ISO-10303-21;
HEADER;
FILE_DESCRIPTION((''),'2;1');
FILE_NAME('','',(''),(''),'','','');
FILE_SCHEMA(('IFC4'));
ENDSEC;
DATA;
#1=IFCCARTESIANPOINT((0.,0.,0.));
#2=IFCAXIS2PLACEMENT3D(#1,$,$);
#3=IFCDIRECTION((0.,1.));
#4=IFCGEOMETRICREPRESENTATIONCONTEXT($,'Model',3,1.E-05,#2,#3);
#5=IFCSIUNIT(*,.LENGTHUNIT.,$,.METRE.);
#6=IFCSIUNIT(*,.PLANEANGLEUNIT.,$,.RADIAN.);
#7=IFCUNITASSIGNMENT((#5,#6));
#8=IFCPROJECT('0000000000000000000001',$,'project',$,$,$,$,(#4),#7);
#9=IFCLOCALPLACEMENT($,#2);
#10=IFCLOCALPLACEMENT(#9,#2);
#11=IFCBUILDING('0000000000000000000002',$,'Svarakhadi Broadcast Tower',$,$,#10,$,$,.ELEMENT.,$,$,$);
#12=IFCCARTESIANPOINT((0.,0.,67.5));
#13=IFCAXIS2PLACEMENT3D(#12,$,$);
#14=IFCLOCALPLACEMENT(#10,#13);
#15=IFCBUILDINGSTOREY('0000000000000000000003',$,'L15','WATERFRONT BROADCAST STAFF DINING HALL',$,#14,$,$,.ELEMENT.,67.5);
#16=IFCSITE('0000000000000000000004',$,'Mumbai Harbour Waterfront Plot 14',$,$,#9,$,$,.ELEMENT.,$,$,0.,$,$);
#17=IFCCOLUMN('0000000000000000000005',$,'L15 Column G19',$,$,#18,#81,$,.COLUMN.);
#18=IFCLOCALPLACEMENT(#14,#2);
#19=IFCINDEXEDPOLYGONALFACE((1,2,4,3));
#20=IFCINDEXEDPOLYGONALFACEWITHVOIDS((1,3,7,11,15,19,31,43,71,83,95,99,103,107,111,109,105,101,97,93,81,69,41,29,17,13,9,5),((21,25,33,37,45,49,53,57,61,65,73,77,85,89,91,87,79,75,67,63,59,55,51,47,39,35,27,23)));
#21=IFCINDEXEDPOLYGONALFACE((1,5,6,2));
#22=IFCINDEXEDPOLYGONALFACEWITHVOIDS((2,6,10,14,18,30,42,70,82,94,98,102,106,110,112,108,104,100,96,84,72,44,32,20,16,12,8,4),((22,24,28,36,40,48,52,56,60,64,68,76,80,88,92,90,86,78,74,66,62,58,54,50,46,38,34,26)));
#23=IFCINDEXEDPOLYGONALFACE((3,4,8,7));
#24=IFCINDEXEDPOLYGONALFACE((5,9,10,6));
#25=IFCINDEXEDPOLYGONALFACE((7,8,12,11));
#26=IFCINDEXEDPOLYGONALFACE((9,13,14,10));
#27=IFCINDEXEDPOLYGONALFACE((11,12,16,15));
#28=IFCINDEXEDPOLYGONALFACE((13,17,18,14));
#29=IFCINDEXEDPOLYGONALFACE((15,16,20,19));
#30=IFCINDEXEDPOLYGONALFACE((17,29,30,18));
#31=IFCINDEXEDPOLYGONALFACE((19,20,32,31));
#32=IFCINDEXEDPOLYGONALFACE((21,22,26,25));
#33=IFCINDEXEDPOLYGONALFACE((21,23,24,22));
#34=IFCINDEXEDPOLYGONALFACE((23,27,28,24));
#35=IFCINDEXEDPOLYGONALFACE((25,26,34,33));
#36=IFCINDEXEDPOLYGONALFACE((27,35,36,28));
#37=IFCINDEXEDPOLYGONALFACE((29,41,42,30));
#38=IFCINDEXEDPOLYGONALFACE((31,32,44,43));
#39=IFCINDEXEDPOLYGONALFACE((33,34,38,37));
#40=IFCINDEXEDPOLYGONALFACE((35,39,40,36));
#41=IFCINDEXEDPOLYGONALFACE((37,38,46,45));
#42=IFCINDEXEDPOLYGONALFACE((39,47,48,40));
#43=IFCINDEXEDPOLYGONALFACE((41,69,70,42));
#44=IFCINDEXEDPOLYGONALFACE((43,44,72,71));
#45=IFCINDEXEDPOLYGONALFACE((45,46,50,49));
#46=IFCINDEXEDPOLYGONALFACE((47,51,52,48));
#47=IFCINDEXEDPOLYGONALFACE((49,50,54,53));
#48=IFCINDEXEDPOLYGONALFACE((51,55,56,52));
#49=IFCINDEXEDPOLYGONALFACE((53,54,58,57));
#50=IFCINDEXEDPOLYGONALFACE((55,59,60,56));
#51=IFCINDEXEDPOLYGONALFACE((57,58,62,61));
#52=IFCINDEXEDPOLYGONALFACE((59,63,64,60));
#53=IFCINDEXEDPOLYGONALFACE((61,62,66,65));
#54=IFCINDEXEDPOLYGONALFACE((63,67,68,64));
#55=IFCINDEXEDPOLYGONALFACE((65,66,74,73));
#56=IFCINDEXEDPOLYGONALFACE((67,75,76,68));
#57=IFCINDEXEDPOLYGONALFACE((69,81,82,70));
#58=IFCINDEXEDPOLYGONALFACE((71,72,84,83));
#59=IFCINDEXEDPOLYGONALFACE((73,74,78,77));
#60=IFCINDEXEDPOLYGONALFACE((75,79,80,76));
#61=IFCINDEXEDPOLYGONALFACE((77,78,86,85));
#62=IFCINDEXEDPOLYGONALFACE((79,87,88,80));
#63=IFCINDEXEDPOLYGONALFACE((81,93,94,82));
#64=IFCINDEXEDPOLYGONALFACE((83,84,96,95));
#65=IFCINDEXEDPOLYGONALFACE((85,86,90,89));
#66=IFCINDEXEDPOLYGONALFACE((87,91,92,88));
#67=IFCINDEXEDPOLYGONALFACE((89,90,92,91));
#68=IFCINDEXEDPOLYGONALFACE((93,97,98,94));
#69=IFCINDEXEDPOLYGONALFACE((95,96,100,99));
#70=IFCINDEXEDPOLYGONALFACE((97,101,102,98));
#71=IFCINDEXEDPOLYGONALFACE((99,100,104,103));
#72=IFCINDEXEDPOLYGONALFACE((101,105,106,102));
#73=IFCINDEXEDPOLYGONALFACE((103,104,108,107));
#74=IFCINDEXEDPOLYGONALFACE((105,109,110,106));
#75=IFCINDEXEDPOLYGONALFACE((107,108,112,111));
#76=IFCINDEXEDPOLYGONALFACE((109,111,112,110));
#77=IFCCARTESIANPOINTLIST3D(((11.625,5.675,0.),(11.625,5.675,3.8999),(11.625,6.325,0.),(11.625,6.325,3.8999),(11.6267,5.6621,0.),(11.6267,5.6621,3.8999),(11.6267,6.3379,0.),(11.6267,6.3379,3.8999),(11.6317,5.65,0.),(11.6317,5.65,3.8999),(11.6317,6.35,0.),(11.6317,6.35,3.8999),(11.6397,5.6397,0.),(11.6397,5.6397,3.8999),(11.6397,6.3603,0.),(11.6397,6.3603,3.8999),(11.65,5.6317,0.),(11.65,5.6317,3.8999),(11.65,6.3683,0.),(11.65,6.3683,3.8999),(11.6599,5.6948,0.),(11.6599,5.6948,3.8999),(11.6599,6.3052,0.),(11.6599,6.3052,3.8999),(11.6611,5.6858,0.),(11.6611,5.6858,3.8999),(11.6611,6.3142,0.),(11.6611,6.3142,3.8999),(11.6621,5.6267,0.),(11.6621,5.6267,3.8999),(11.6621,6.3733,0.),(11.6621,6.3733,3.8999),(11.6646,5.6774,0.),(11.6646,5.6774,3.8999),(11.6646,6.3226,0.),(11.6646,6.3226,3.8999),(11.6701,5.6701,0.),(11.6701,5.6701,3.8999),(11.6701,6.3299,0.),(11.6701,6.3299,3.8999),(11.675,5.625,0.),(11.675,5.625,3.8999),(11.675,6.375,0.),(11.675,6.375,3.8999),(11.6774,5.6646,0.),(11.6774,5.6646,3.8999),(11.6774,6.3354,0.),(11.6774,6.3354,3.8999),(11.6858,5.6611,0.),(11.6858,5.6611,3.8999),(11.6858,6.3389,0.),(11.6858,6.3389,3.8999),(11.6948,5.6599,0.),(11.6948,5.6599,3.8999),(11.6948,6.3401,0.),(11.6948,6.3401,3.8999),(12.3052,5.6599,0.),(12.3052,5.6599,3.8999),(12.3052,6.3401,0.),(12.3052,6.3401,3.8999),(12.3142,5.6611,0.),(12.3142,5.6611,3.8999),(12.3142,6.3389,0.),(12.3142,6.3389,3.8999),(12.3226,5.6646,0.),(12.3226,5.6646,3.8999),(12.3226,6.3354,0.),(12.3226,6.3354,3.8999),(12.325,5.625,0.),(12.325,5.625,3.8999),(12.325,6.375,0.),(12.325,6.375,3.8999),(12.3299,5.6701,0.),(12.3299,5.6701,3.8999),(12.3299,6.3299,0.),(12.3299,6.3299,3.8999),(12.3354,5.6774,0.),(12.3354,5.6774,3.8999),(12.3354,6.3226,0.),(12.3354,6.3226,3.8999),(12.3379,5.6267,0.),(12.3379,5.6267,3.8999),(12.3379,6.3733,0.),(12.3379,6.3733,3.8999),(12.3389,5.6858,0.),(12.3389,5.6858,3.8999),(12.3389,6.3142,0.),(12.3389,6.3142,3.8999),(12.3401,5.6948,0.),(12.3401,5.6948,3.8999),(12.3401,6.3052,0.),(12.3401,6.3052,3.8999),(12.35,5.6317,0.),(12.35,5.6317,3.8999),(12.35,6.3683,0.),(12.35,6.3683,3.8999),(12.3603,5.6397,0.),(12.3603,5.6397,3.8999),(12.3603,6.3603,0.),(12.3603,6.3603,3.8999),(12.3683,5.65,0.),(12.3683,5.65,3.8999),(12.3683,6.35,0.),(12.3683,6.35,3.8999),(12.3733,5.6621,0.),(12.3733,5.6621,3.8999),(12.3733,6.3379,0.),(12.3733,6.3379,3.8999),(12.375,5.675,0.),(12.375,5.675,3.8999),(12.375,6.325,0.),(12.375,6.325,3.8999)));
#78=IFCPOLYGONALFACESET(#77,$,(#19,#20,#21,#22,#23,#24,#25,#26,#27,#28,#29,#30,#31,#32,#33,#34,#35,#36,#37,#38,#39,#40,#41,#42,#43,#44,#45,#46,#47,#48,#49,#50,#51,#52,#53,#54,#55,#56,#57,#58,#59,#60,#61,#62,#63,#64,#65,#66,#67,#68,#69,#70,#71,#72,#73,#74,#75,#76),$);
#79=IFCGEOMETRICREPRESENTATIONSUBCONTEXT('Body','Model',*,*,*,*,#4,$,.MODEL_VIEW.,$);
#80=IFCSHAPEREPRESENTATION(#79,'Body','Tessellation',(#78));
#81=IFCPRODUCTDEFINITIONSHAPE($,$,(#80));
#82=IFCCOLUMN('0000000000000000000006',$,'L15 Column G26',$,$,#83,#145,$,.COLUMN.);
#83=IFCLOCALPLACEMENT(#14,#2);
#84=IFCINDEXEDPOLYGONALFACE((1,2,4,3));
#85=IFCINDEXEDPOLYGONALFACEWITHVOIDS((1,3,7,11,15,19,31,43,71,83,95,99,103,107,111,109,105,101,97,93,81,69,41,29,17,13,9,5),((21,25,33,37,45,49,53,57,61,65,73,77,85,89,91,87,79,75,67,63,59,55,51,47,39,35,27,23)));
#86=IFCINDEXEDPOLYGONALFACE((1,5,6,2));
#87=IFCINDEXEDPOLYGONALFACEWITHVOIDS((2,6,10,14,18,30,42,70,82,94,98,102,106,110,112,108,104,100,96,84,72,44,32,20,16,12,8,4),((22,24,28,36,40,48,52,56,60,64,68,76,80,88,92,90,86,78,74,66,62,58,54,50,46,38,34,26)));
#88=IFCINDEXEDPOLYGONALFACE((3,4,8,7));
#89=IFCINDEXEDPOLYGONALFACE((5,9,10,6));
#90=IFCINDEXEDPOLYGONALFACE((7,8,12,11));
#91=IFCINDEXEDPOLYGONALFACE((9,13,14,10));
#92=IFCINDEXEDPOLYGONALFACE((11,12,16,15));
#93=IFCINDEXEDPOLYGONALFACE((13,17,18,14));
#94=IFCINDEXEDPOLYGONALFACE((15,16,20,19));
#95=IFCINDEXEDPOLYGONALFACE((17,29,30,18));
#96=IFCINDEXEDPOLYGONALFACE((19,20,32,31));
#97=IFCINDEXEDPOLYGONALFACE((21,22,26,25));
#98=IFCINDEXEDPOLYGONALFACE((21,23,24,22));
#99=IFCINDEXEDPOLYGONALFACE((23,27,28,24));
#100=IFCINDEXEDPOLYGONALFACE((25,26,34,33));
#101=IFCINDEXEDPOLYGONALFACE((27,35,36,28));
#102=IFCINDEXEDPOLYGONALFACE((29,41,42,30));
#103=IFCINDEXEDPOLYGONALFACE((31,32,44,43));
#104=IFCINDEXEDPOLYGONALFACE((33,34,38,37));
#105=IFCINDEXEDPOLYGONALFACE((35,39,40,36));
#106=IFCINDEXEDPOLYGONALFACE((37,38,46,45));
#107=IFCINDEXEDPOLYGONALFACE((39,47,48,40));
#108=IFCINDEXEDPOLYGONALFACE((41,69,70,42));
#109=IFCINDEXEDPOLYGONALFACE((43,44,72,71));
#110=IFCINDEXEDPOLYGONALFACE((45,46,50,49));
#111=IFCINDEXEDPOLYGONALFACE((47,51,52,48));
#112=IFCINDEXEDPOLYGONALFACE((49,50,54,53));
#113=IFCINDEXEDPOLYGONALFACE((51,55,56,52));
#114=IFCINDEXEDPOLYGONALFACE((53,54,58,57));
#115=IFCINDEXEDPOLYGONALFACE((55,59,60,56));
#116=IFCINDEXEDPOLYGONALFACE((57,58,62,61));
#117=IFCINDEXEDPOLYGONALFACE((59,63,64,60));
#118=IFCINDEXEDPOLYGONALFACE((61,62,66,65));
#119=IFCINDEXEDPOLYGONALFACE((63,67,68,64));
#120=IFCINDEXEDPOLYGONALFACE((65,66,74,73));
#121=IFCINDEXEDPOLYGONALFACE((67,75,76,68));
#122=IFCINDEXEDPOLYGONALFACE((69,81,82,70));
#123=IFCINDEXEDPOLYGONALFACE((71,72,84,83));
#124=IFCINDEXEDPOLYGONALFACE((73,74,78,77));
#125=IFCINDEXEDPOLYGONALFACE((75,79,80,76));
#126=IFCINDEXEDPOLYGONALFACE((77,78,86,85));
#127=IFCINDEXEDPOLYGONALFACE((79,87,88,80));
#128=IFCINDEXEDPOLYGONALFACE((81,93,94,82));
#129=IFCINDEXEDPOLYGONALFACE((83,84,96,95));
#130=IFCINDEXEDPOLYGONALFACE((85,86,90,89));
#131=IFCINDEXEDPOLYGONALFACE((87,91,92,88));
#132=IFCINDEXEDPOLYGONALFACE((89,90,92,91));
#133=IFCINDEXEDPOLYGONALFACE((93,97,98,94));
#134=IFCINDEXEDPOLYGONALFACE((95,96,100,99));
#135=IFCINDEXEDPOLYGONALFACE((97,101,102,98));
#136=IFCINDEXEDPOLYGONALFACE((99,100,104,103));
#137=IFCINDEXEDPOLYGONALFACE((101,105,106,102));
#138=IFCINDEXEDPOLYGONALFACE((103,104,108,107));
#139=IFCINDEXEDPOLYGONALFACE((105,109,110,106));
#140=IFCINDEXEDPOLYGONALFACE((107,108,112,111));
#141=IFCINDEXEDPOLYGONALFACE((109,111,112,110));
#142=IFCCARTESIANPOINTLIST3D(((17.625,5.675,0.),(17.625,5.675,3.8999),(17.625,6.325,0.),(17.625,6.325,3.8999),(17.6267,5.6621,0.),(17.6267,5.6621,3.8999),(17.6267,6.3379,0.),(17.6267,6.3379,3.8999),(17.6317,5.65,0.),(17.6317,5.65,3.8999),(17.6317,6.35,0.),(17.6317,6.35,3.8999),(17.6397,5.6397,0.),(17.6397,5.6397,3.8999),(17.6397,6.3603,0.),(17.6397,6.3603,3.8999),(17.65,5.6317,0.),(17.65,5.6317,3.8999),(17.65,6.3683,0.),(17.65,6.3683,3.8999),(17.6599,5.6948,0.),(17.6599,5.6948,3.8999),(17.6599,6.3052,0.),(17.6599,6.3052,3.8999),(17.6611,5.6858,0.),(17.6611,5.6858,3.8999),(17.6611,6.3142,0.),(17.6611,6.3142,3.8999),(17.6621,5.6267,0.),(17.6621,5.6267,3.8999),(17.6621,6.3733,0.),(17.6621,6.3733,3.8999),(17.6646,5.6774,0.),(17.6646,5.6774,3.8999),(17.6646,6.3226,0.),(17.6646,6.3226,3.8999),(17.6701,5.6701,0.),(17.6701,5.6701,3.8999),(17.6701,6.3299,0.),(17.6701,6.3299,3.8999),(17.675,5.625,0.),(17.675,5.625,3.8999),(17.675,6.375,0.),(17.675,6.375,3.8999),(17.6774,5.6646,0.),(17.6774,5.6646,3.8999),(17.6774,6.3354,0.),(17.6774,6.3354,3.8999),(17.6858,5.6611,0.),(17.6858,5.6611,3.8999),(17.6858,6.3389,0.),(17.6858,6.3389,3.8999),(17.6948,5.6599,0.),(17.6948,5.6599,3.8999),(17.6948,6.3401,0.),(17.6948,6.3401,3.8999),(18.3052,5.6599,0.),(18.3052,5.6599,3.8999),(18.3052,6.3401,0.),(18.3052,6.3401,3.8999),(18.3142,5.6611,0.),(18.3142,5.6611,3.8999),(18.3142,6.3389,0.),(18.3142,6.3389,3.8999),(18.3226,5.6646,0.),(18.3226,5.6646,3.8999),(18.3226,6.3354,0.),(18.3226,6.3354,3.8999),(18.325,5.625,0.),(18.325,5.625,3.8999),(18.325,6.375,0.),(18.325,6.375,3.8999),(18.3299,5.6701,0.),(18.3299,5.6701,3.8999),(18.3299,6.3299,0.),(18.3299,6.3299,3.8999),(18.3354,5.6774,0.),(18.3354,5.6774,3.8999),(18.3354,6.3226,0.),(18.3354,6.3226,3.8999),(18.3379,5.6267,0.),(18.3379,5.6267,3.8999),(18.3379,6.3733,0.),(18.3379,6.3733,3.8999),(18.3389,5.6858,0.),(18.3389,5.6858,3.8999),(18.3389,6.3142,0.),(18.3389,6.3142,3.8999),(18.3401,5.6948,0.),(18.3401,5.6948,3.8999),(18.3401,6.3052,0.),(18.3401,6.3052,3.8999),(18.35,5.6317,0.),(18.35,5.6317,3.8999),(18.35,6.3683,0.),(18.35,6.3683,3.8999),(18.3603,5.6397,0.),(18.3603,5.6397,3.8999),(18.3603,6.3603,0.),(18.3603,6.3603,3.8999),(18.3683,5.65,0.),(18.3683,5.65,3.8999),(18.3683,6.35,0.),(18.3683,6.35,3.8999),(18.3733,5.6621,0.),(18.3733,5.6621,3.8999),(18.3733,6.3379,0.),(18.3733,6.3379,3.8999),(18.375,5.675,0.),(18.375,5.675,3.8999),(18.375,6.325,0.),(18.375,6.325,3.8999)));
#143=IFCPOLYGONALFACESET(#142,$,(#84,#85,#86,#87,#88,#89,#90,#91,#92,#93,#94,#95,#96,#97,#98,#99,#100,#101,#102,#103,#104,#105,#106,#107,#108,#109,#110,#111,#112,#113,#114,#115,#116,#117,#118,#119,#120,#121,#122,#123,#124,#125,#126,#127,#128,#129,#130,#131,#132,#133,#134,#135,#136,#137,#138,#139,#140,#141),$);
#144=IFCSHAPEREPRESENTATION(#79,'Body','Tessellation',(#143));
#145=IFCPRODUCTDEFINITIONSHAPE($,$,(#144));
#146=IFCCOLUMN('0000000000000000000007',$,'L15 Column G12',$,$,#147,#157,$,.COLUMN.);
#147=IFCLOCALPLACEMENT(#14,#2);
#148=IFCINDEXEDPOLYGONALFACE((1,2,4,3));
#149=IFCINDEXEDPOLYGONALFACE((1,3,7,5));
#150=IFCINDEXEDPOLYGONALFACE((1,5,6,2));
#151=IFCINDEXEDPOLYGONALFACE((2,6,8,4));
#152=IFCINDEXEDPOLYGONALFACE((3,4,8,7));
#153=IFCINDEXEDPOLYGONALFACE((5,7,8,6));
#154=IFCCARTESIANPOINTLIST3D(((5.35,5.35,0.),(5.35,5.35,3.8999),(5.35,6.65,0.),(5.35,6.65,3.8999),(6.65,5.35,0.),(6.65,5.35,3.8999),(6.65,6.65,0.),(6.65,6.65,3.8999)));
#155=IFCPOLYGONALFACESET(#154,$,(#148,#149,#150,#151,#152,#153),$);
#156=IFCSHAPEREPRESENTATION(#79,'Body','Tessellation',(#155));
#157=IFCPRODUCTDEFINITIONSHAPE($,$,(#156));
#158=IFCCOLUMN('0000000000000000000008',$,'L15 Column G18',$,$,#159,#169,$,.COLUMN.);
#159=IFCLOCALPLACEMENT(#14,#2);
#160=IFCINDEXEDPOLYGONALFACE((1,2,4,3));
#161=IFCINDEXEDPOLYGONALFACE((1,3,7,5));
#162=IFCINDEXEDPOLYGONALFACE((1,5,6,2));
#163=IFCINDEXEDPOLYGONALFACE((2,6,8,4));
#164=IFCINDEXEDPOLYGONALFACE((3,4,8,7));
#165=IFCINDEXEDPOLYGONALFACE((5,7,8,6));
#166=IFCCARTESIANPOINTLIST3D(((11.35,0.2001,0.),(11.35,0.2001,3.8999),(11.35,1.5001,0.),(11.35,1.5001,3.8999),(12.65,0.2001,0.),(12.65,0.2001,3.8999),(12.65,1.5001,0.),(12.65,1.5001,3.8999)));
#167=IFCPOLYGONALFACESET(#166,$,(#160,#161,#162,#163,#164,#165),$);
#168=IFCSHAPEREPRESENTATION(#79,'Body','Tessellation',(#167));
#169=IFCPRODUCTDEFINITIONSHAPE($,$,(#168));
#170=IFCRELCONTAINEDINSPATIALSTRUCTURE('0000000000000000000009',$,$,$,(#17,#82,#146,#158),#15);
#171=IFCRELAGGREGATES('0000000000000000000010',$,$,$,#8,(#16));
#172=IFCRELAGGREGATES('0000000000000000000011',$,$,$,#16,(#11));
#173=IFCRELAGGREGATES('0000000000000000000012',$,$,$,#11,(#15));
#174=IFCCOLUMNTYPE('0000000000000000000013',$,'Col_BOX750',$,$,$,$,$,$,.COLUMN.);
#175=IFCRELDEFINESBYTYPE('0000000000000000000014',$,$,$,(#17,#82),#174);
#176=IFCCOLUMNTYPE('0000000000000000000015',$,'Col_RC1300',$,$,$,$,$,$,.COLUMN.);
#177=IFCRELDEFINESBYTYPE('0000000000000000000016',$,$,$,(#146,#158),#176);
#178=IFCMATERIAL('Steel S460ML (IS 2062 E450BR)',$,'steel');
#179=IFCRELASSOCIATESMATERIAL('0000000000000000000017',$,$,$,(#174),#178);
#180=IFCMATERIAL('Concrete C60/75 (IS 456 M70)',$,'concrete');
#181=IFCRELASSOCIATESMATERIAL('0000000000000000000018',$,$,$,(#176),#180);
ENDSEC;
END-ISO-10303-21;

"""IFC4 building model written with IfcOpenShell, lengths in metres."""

from ifc_helpers import new_model, si_unit, direction, frame, origin, origin_2d, place, context, subcontext, project, spatial, rectangle, hollow_rectangle, extrude, material, material_profile, profile_set, type_object, element, save


model = new_model("IFC4")

# Units and contexts
model_context = context("Model", 3, precision=1e-05, world=origin(), true_north=direction((0.0, 1.0)))
body_context = subcontext(model_context, "Body", "Model", "MODEL_VIEW")
ifc_project = project(units=[si_unit("LENGTHUNIT", "METRE"), si_unit("PLANEANGLEUNIT", "RADIAN")], contexts=[model_context])

# Site, building, storey
site_placement = place(None, origin())
site = spatial("IfcSite", under=ifc_project, at=site_placement, Name="Mumbai Harbour Waterfront Plot 14", CompositionType="ELEMENT", RefElevation=0.0)
building_placement = place(site_placement, origin())
building = spatial("IfcBuilding", under=site, at=building_placement, Name="Svarakhadi Broadcast Tower", CompositionType="ELEMENT")
storey_placement = place(building_placement, frame((0.0, 0.0, 67.5)))
storey = spatial("IfcBuildingStorey", under=building, at=storey_placement, Name="L15", Description="WATERFRONT BROADCAST STAFF DINING HALL", CompositionType="ELEMENT", Elevation=67.5)

# Columns
ifc_material_1 = material(Name="Steel S460ML (IS 2062 E450BR)", Category="steel")
ifc_material_profile_1 = material_profile(ifc_material_1, hollow_rectangle(XDim=0.75, YDim=0.75, WallThickness=0.0349, InnerFilletRadius=0.0349, OuterFilletRadius=0.05, at=origin_2d()), Name="BOX 750x750x35")
ifc_profile_set_1 = profile_set([ifc_material_profile_1], Name="Steel S460ML (IS 2062 E450BR)")
column_type_1 = type_object("IfcColumnType", Name="Col_BOX750", PredefinedType="COLUMN", material=ifc_profile_set_1)
for number, where, z_axis, x_axis, name in (
    (1, (12.0, 6.0, 0.0), (0.0, 0.0, 1.0), (1.0, 0.0, 0.0), "L15 Column G19"),
    (2, (18.0, 6.0, 0.0), (0.0, 0.0, 1.0), (1.0, 0.0, 0.0), "L15 Column G26"),
):
    element("IfcColumn", number, at=place(storey_placement, frame(where, z_axis=z_axis, x_axis=x_axis)), inside=storey, type_object=column_type_1, Name=name, PredefinedType="COLUMN", context=body_context, shape_type="SweptSolid", body=[
        extrude(hollow_rectangle(XDim=0.75, YDim=0.75, WallThickness=0.0349, InnerFilletRadius=0.0349, OuterFilletRadius=0.05, at=origin_2d()), origin(), (0.0, 0.0, 1.0), 3.8999),
    ])
ifc_material_2 = material(Name="Concrete C60/75 (IS 456 M70)", Category="concrete")
ifc_material_profile_2 = material_profile(ifc_material_2, rectangle(XDim=1.3, YDim=1.3, at=origin_2d()), Name="RC 1300x1300")
ifc_profile_set_2 = profile_set([ifc_material_profile_2], Name="Concrete C60/75 (IS 456 M70)")
column_type_2 = type_object("IfcColumnType", Name="Col_RC1300", PredefinedType="COLUMN", material=ifc_profile_set_2)
for number, where, z_axis, x_axis, name in (
    (3, (6.0, 6.0, 0.0), (0.0, 0.0, 1.0), (1.0, 0.0, 0.0), "L15 Column G12"),
    (4, (12.0, 0.8501, 0.0), (0.0, 0.0, 1.0), (1.0, 0.0, 0.0), "L15 Column G18"),
):
    element("IfcColumn", number, at=place(storey_placement, frame(where, z_axis=z_axis, x_axis=x_axis)), inside=storey, type_object=column_type_2, Name=name, PredefinedType="COLUMN", context=body_context, shape_type="SweptSolid", body=[
        extrude(rectangle(XDim=1.3, YDim=1.3, at=origin_2d()), origin(), (0.0, 0.0, 1.0), 3.8999),
    ])

save(model, "model.ifc")
